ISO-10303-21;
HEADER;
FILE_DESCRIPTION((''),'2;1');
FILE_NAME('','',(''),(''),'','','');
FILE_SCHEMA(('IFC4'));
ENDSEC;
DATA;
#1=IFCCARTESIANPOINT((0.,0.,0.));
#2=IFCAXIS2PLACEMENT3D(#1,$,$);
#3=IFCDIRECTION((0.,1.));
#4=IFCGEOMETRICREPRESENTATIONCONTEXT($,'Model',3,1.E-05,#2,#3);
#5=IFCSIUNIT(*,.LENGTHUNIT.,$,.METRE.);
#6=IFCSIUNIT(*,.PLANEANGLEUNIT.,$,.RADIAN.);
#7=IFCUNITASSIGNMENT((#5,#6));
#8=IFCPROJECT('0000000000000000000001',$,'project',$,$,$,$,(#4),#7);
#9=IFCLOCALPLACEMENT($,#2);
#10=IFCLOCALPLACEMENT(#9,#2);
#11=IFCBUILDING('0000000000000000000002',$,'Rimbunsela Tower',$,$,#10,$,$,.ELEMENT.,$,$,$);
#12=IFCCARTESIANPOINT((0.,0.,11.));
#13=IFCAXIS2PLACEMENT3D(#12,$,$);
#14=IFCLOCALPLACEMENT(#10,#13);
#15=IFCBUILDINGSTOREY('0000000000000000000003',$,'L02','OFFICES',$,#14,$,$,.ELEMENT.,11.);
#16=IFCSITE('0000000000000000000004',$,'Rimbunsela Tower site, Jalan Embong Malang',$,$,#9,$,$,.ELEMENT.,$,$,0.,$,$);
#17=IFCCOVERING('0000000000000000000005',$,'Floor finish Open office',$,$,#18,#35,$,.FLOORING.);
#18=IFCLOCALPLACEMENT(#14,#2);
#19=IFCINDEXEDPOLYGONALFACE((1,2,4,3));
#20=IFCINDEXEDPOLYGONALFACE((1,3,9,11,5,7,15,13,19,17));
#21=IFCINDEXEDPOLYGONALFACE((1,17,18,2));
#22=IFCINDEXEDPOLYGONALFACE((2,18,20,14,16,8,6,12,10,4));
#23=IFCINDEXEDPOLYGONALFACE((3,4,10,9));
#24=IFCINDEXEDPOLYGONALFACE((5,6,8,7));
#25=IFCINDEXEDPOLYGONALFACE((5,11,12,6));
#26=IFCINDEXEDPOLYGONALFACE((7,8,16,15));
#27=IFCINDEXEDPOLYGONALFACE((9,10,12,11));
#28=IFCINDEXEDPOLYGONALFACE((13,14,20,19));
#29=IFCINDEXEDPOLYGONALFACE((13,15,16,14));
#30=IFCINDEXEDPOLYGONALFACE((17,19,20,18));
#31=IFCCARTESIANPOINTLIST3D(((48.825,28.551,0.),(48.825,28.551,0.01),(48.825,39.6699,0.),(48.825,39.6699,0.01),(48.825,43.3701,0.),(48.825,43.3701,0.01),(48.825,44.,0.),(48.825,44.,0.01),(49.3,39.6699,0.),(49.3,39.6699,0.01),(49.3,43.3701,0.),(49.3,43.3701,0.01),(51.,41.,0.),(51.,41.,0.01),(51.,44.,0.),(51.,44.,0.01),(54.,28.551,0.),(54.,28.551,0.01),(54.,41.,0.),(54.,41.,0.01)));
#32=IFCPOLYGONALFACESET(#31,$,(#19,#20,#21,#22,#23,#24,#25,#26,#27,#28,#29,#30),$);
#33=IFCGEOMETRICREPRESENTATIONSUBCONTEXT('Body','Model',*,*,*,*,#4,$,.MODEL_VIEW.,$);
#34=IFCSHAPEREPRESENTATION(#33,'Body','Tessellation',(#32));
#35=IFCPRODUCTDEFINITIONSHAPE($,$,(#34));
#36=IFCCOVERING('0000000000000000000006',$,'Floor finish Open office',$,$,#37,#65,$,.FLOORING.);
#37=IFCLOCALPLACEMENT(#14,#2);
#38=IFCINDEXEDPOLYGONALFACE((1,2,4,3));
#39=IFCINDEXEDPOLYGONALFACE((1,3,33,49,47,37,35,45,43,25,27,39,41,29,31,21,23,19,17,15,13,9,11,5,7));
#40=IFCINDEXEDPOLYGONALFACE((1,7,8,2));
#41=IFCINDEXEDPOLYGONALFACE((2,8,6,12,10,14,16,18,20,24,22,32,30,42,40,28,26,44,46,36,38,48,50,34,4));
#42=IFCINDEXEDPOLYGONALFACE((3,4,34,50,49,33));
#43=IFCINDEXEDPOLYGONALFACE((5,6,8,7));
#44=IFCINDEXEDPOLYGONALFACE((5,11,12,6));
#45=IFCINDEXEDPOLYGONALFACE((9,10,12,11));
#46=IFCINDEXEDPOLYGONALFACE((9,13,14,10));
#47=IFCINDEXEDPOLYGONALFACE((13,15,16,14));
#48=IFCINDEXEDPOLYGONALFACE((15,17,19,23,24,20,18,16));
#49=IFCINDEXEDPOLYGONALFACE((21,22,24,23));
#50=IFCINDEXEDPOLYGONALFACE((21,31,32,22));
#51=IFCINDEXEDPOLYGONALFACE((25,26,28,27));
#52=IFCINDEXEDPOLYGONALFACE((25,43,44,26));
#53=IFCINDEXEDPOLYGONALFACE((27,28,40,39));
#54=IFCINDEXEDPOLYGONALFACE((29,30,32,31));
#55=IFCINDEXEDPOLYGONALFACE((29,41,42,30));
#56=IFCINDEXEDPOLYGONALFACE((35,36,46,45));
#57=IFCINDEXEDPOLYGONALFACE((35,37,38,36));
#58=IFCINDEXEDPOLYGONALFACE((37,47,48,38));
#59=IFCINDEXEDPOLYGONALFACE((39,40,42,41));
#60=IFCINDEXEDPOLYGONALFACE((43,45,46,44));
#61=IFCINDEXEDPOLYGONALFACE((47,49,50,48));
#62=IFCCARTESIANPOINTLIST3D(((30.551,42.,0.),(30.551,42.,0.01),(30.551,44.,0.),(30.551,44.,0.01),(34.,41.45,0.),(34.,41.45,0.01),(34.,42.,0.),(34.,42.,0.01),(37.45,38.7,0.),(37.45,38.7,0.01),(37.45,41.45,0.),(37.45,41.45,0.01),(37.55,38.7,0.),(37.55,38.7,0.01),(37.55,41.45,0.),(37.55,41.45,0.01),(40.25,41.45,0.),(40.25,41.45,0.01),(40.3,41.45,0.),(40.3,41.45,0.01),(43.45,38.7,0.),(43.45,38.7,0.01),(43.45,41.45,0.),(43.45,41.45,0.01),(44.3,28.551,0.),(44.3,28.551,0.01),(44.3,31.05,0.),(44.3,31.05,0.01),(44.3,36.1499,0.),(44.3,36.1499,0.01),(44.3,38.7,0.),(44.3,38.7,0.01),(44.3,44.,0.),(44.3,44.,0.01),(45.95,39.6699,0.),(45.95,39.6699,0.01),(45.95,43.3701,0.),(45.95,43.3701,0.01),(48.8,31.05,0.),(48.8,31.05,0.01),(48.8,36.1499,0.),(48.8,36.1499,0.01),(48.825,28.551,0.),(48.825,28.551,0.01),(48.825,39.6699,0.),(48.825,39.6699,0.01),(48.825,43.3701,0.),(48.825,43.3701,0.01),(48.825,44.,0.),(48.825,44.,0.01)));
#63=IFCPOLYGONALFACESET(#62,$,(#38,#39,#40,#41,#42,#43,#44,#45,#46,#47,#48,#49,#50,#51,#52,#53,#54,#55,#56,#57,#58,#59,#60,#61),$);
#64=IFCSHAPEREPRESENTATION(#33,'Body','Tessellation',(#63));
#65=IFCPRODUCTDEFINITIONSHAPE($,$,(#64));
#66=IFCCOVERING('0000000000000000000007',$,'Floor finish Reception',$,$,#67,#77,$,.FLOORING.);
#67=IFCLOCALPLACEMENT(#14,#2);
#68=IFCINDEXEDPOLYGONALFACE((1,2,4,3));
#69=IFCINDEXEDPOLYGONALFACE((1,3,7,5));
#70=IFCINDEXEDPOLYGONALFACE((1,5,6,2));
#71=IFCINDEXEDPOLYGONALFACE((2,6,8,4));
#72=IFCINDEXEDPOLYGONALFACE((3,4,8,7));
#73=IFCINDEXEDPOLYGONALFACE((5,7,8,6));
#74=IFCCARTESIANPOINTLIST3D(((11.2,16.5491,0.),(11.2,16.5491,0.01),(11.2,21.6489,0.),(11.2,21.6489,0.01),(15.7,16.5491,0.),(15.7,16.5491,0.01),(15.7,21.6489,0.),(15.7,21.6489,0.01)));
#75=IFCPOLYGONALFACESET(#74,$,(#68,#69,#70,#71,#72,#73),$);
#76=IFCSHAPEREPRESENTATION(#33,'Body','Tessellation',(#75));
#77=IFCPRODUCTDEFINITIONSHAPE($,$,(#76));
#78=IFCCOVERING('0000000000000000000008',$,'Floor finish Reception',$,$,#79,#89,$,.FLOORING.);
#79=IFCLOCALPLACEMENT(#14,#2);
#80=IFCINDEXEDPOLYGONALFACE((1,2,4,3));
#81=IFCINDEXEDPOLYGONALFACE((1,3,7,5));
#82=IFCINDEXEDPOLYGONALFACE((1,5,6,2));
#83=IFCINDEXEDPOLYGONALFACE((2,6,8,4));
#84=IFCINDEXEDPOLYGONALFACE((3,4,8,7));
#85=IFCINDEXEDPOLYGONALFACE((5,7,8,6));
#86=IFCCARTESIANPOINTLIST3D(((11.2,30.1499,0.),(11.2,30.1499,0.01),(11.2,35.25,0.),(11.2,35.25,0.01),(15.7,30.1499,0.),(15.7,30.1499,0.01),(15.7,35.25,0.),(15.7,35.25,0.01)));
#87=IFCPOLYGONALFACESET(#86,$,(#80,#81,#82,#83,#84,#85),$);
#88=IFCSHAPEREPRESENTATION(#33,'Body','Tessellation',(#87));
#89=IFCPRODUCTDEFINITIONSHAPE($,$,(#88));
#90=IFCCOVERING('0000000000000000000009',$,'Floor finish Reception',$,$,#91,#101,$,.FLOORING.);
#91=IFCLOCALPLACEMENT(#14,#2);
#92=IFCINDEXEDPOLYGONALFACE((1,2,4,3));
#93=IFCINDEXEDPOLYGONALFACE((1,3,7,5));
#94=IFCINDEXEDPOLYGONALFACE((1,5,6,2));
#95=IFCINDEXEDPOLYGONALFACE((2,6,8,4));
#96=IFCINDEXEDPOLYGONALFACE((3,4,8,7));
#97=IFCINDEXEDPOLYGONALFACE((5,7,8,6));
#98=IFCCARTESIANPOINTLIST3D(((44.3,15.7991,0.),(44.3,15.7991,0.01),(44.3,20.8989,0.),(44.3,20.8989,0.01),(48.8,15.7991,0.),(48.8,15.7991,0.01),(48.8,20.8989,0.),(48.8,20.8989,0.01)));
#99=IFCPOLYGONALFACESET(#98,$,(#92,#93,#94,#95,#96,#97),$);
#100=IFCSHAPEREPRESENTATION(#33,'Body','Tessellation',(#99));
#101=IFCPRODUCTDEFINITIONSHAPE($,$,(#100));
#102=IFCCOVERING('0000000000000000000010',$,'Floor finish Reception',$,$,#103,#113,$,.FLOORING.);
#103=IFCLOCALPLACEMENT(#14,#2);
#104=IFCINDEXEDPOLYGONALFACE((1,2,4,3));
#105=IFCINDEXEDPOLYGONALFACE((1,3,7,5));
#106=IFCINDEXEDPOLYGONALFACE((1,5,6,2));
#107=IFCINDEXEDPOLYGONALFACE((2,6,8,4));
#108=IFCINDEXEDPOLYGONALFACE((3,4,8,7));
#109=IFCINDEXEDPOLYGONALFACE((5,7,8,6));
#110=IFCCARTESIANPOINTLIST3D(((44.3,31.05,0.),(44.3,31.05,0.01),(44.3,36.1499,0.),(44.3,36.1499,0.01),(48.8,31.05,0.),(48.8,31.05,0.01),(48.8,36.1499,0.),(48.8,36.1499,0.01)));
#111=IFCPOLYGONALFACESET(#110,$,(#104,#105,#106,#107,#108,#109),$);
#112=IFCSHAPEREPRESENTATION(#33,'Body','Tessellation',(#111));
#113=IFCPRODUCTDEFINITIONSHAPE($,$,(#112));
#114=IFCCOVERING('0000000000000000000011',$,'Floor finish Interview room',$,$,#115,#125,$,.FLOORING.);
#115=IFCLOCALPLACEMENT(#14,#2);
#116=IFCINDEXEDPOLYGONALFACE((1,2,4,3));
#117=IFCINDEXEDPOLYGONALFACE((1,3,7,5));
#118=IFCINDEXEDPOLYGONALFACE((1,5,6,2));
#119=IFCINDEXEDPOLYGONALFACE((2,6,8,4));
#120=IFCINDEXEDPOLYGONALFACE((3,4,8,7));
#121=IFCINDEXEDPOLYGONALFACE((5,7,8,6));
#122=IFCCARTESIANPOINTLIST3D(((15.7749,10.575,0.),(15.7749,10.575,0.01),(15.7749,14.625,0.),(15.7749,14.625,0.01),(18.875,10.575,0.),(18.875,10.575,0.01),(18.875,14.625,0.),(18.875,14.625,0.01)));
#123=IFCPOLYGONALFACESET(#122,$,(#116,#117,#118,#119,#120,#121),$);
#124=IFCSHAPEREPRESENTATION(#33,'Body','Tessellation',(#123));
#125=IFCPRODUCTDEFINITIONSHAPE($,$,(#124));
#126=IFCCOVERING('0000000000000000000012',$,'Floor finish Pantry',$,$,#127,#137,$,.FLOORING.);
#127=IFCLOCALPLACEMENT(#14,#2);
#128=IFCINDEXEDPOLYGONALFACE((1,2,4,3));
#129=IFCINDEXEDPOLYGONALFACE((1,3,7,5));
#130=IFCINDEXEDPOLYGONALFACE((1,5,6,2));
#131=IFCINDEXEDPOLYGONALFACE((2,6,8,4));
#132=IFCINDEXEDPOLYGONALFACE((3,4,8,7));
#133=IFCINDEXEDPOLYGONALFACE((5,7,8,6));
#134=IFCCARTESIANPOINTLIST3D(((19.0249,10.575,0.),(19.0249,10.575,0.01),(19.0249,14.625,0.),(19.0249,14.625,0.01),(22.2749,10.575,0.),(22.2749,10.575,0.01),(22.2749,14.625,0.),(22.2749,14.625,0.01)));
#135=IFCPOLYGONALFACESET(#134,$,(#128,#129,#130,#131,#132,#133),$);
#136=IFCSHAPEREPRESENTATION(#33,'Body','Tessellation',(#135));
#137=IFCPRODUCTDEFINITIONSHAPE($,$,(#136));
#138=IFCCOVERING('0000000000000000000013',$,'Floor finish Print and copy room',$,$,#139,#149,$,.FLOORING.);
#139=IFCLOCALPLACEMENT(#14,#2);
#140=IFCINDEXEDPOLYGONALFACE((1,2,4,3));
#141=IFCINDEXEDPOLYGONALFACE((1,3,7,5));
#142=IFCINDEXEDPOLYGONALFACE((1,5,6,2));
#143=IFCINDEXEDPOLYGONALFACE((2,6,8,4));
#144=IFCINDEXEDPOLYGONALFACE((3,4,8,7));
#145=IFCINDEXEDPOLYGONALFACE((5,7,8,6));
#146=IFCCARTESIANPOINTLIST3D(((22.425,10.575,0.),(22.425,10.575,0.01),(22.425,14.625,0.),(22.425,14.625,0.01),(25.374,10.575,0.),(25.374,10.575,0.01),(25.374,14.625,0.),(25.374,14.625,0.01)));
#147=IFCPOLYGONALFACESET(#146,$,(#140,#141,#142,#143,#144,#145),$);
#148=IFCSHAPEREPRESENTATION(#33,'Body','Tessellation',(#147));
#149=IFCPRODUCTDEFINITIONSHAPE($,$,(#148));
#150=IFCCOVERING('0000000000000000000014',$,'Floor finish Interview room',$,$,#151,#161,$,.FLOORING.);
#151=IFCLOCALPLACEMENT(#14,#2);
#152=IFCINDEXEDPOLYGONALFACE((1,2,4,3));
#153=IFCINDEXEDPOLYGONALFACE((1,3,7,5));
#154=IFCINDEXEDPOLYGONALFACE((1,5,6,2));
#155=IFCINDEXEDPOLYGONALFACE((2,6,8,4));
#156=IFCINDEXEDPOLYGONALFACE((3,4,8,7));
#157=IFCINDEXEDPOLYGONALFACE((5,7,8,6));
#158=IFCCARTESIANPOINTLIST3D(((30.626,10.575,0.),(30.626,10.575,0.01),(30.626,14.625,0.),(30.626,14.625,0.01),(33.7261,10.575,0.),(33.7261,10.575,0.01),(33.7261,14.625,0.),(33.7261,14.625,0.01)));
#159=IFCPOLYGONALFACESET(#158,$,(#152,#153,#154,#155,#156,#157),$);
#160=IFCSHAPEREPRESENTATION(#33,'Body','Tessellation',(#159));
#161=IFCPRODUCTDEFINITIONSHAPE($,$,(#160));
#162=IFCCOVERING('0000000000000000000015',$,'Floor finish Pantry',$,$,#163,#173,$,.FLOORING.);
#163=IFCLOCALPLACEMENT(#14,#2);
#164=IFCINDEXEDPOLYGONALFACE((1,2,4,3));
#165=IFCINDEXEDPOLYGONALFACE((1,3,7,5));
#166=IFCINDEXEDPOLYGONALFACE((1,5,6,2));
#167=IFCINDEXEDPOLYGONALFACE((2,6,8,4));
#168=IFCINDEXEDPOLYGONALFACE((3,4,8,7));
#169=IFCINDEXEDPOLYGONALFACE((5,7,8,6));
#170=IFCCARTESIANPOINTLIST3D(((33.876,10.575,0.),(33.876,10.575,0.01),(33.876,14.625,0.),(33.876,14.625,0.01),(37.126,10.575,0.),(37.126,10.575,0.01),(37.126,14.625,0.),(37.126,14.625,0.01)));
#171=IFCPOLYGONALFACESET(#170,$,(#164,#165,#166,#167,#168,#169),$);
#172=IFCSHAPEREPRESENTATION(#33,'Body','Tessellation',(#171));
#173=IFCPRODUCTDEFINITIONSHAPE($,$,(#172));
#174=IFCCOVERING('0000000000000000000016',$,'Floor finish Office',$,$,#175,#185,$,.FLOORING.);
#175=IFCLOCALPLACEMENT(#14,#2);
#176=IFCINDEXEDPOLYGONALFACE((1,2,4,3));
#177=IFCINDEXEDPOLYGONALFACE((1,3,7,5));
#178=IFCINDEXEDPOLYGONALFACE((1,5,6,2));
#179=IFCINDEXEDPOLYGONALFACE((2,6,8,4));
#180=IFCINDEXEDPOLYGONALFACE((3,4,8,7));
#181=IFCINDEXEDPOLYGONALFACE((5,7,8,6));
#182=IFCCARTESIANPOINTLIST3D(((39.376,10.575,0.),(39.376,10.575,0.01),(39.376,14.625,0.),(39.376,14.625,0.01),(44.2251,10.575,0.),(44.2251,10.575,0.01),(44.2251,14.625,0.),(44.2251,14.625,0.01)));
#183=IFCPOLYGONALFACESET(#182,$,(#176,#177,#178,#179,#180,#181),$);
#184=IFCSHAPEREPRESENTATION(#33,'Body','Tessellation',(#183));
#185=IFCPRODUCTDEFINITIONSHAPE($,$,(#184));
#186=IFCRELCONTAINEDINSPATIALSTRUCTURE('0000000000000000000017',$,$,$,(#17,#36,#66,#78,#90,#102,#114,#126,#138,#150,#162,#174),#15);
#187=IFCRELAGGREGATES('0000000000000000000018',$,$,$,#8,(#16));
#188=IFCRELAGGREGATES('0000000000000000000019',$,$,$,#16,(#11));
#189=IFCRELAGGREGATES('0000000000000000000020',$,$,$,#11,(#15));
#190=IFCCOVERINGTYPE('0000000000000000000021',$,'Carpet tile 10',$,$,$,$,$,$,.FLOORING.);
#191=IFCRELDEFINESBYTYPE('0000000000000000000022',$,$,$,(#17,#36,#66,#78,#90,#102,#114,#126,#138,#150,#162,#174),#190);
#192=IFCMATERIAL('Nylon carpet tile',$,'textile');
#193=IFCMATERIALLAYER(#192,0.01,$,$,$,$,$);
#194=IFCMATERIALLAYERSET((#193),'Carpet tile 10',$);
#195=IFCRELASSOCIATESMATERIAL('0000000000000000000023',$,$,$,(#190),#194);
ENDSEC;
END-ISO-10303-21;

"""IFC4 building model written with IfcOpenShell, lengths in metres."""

from ifc_helpers import new_model, si_unit, direction, frame, origin, place, context, subcontext, project, spatial, polyline, outline, extrude, material, layer, layer_set, type_object, element, save


model = new_model("IFC4")

# Units and contexts
model_context = context("Model", 3, precision=1e-05, world=origin(), true_north=direction((0.0, 1.0)))
body_context = subcontext(model_context, "Body", "Model", "MODEL_VIEW")
ifc_project = project(units=[si_unit("LENGTHUNIT", "METRE"), si_unit("PLANEANGLEUNIT", "RADIAN")], contexts=[model_context])

# Site, building, storey
site_placement = place(None, origin())
site = spatial("IfcSite", under=ifc_project, at=site_placement, Name="Rimbunsela Tower site, Jalan Embong Malang", CompositionType="ELEMENT", RefElevation=0.0)
building_placement = place(site_placement, origin())
building = spatial("IfcBuilding", under=site, at=building_placement, Name="Rimbunsela Tower", CompositionType="ELEMENT")
storey_placement = place(building_placement, frame((0.0, 0.0, 11.0)))
storey = spatial("IfcBuildingStorey", under=building, at=storey_placement, Name="L02", Description="OFFICES", CompositionType="ELEMENT", Elevation=11.0)

# Coverings
ifc_material_1 = material(Name="Nylon carpet tile", Category="textile")
ifc_layer_1 = layer(ifc_material_1, 0.01)
ifc_layer_set_1 = layer_set([ifc_layer_1], Name="Carpet tile 10")
covering_type_1 = type_object("IfcCoveringType", Name="Carpet tile 10", PredefinedType="FLOORING", material=ifc_layer_set_1)
covering_1_placement = place(storey_placement, origin())
element("IfcCovering", 1, at=covering_1_placement, inside=storey, type_object=covering_type_1, Name="Floor finish Open office", PredefinedType="FLOORING", context=body_context, shape_type="SweptSolid", body=[
    extrude(outline(polyline([(51.0, 41.0), (54.0, 41.0), (54.0, 28.551), (48.825, 28.551), (48.825, 39.6699), (49.3, 39.6699), (49.3, 43.3701), (48.825, 43.3701), (48.825, 44.0), (51.0, 44.0), (51.0, 41.0)])), origin(), (0.0, 0.0, 1.0), 0.01),
])
covering_2_placement = place(storey_placement, origin())
element("IfcCovering", 2, at=covering_2_placement, inside=storey, type_object=covering_type_1, Name="Floor finish Open office", PredefinedType="FLOORING", context=body_context, shape_type="SweptSolid", body=[
    extrude(outline(polyline([(48.825, 28.551), (44.3, 28.551), (44.3, 31.05), (48.8, 31.05), (48.8, 36.1499), (44.3, 36.1499), (44.3, 38.7), (43.45, 38.7), (43.45, 41.45), (40.3, 41.45), (40.25, 41.45), (37.55, 41.45), (37.55, 38.7), (37.45, 38.7), (37.45, 41.45), (34.0, 41.45), (34.0, 42.0), (30.551, 42.0), (30.551, 44.0), (44.3, 44.0), (48.825, 44.0), (48.825, 43.3701), (45.95, 43.3701), (45.95, 39.6699), (48.825, 39.6699), (48.825, 28.551)])), origin(), (0.0, 0.0, 1.0), 0.01),
])
covering_3_placement = place(storey_placement, origin())
element("IfcCovering", 3, at=covering_3_placement, inside=storey, type_object=covering_type_1, Name="Floor finish Reception", PredefinedType="FLOORING", context=body_context, shape_type="SweptSolid", body=[
    extrude(outline(polyline([(15.7, 16.5491), (15.7, 21.6489), (11.2, 21.6489), (11.2, 16.5491), (15.7, 16.5491)])), origin(), (0.0, 0.0, 1.0), 0.01),
])
covering_4_placement = place(storey_placement, origin())
element("IfcCovering", 4, at=covering_4_placement, inside=storey, type_object=covering_type_1, Name="Floor finish Reception", PredefinedType="FLOORING", context=body_context, shape_type="SweptSolid", body=[
    extrude(outline(polyline([(15.7, 30.1499), (15.7, 35.25), (11.2, 35.25), (11.2, 30.1499), (15.7, 30.1499)])), origin(), (0.0, 0.0, 1.0), 0.01),
])
covering_5_placement = place(storey_placement, origin())
element("IfcCovering", 5, at=covering_5_placement, inside=storey, type_object=covering_type_1, Name="Floor finish Reception", PredefinedType="FLOORING", context=body_context, shape_type="SweptSolid", body=[
    extrude(outline(polyline([(48.8, 15.7991), (48.8, 20.8989), (44.3, 20.8989), (44.3, 15.7991), (48.8, 15.7991)])), origin(), (0.0, 0.0, 1.0), 0.01),
])
covering_6_placement = place(storey_placement, origin())
element("IfcCovering", 6, at=covering_6_placement, inside=storey, type_object=covering_type_1, Name="Floor finish Reception", PredefinedType="FLOORING", context=body_context, shape_type="SweptSolid", body=[
    extrude(outline(polyline([(48.8, 31.05), (48.8, 36.1499), (44.3, 36.1499), (44.3, 31.05), (48.8, 31.05)])), origin(), (0.0, 0.0, 1.0), 0.01),
])
covering_7_placement = place(storey_placement, origin())
element("IfcCovering", 7, at=covering_7_placement, inside=storey, type_object=covering_type_1, Name="Floor finish Interview room", PredefinedType="FLOORING", context=body_context, shape_type="SweptSolid", body=[
    extrude(outline(polyline([(18.875, 10.575), (18.875, 14.625), (15.7749, 14.625), (15.7749, 10.575), (18.875, 10.575)])), origin(), (0.0, 0.0, 1.0), 0.01),
])
covering_8_placement = place(storey_placement, origin())
element("IfcCovering", 8, at=covering_8_placement, inside=storey, type_object=covering_type_1, Name="Floor finish Pantry", PredefinedType="FLOORING", context=body_context, shape_type="SweptSolid", body=[
    extrude(outline(polyline([(22.2749, 10.575), (22.2749, 14.625), (19.0249, 14.625), (19.0249, 10.575), (22.2749, 10.575)])), origin(), (0.0, 0.0, 1.0), 0.01),
])
covering_9_placement = place(storey_placement, origin())
element("IfcCovering", 9, at=covering_9_placement, inside=storey, type_object=covering_type_1, Name="Floor finish Print and copy room", PredefinedType="FLOORING", context=body_context, shape_type="SweptSolid", body=[
    extrude(outline(polyline([(25.374, 10.575), (25.374, 14.625), (22.425, 14.625), (22.425, 10.575), (25.374, 10.575)])), origin(), (0.0, 0.0, 1.0), 0.01),
])
covering_10_placement = place(storey_placement, origin())
element("IfcCovering", 10, at=covering_10_placement, inside=storey, type_object=covering_type_1, Name="Floor finish Interview room", PredefinedType="FLOORING", context=body_context, shape_type="SweptSolid", body=[
    extrude(outline(polyline([(33.7261, 10.575), (33.7261, 14.625), (30.626, 14.625), (30.626, 10.575), (33.7261, 10.575)])), origin(), (0.0, 0.0, 1.0), 0.01),
])
covering_11_placement = place(storey_placement, origin())
element("IfcCovering", 11, at=covering_11_placement, inside=storey, type_object=covering_type_1, Name="Floor finish Pantry", PredefinedType="FLOORING", context=body_context, shape_type="SweptSolid", body=[
    extrude(outline(polyline([(37.126, 10.575), (37.126, 14.625), (33.876, 14.625), (33.876, 10.575), (37.126, 10.575)])), origin(), (0.0, 0.0, 1.0), 0.01),
])
covering_12_placement = place(storey_placement, origin())
element("IfcCovering", 12, at=covering_12_placement, inside=storey, type_object=covering_type_1, Name="Floor finish Office", PredefinedType="FLOORING", context=body_context, shape_type="SweptSolid", body=[
    extrude(outline(polyline([(44.2251, 10.575), (44.2251, 14.625), (39.376, 14.625), (39.376, 10.575), (44.2251, 10.575)])), origin(), (0.0, 0.0, 1.0), 0.01),
])

save(model, "model.ifc")
